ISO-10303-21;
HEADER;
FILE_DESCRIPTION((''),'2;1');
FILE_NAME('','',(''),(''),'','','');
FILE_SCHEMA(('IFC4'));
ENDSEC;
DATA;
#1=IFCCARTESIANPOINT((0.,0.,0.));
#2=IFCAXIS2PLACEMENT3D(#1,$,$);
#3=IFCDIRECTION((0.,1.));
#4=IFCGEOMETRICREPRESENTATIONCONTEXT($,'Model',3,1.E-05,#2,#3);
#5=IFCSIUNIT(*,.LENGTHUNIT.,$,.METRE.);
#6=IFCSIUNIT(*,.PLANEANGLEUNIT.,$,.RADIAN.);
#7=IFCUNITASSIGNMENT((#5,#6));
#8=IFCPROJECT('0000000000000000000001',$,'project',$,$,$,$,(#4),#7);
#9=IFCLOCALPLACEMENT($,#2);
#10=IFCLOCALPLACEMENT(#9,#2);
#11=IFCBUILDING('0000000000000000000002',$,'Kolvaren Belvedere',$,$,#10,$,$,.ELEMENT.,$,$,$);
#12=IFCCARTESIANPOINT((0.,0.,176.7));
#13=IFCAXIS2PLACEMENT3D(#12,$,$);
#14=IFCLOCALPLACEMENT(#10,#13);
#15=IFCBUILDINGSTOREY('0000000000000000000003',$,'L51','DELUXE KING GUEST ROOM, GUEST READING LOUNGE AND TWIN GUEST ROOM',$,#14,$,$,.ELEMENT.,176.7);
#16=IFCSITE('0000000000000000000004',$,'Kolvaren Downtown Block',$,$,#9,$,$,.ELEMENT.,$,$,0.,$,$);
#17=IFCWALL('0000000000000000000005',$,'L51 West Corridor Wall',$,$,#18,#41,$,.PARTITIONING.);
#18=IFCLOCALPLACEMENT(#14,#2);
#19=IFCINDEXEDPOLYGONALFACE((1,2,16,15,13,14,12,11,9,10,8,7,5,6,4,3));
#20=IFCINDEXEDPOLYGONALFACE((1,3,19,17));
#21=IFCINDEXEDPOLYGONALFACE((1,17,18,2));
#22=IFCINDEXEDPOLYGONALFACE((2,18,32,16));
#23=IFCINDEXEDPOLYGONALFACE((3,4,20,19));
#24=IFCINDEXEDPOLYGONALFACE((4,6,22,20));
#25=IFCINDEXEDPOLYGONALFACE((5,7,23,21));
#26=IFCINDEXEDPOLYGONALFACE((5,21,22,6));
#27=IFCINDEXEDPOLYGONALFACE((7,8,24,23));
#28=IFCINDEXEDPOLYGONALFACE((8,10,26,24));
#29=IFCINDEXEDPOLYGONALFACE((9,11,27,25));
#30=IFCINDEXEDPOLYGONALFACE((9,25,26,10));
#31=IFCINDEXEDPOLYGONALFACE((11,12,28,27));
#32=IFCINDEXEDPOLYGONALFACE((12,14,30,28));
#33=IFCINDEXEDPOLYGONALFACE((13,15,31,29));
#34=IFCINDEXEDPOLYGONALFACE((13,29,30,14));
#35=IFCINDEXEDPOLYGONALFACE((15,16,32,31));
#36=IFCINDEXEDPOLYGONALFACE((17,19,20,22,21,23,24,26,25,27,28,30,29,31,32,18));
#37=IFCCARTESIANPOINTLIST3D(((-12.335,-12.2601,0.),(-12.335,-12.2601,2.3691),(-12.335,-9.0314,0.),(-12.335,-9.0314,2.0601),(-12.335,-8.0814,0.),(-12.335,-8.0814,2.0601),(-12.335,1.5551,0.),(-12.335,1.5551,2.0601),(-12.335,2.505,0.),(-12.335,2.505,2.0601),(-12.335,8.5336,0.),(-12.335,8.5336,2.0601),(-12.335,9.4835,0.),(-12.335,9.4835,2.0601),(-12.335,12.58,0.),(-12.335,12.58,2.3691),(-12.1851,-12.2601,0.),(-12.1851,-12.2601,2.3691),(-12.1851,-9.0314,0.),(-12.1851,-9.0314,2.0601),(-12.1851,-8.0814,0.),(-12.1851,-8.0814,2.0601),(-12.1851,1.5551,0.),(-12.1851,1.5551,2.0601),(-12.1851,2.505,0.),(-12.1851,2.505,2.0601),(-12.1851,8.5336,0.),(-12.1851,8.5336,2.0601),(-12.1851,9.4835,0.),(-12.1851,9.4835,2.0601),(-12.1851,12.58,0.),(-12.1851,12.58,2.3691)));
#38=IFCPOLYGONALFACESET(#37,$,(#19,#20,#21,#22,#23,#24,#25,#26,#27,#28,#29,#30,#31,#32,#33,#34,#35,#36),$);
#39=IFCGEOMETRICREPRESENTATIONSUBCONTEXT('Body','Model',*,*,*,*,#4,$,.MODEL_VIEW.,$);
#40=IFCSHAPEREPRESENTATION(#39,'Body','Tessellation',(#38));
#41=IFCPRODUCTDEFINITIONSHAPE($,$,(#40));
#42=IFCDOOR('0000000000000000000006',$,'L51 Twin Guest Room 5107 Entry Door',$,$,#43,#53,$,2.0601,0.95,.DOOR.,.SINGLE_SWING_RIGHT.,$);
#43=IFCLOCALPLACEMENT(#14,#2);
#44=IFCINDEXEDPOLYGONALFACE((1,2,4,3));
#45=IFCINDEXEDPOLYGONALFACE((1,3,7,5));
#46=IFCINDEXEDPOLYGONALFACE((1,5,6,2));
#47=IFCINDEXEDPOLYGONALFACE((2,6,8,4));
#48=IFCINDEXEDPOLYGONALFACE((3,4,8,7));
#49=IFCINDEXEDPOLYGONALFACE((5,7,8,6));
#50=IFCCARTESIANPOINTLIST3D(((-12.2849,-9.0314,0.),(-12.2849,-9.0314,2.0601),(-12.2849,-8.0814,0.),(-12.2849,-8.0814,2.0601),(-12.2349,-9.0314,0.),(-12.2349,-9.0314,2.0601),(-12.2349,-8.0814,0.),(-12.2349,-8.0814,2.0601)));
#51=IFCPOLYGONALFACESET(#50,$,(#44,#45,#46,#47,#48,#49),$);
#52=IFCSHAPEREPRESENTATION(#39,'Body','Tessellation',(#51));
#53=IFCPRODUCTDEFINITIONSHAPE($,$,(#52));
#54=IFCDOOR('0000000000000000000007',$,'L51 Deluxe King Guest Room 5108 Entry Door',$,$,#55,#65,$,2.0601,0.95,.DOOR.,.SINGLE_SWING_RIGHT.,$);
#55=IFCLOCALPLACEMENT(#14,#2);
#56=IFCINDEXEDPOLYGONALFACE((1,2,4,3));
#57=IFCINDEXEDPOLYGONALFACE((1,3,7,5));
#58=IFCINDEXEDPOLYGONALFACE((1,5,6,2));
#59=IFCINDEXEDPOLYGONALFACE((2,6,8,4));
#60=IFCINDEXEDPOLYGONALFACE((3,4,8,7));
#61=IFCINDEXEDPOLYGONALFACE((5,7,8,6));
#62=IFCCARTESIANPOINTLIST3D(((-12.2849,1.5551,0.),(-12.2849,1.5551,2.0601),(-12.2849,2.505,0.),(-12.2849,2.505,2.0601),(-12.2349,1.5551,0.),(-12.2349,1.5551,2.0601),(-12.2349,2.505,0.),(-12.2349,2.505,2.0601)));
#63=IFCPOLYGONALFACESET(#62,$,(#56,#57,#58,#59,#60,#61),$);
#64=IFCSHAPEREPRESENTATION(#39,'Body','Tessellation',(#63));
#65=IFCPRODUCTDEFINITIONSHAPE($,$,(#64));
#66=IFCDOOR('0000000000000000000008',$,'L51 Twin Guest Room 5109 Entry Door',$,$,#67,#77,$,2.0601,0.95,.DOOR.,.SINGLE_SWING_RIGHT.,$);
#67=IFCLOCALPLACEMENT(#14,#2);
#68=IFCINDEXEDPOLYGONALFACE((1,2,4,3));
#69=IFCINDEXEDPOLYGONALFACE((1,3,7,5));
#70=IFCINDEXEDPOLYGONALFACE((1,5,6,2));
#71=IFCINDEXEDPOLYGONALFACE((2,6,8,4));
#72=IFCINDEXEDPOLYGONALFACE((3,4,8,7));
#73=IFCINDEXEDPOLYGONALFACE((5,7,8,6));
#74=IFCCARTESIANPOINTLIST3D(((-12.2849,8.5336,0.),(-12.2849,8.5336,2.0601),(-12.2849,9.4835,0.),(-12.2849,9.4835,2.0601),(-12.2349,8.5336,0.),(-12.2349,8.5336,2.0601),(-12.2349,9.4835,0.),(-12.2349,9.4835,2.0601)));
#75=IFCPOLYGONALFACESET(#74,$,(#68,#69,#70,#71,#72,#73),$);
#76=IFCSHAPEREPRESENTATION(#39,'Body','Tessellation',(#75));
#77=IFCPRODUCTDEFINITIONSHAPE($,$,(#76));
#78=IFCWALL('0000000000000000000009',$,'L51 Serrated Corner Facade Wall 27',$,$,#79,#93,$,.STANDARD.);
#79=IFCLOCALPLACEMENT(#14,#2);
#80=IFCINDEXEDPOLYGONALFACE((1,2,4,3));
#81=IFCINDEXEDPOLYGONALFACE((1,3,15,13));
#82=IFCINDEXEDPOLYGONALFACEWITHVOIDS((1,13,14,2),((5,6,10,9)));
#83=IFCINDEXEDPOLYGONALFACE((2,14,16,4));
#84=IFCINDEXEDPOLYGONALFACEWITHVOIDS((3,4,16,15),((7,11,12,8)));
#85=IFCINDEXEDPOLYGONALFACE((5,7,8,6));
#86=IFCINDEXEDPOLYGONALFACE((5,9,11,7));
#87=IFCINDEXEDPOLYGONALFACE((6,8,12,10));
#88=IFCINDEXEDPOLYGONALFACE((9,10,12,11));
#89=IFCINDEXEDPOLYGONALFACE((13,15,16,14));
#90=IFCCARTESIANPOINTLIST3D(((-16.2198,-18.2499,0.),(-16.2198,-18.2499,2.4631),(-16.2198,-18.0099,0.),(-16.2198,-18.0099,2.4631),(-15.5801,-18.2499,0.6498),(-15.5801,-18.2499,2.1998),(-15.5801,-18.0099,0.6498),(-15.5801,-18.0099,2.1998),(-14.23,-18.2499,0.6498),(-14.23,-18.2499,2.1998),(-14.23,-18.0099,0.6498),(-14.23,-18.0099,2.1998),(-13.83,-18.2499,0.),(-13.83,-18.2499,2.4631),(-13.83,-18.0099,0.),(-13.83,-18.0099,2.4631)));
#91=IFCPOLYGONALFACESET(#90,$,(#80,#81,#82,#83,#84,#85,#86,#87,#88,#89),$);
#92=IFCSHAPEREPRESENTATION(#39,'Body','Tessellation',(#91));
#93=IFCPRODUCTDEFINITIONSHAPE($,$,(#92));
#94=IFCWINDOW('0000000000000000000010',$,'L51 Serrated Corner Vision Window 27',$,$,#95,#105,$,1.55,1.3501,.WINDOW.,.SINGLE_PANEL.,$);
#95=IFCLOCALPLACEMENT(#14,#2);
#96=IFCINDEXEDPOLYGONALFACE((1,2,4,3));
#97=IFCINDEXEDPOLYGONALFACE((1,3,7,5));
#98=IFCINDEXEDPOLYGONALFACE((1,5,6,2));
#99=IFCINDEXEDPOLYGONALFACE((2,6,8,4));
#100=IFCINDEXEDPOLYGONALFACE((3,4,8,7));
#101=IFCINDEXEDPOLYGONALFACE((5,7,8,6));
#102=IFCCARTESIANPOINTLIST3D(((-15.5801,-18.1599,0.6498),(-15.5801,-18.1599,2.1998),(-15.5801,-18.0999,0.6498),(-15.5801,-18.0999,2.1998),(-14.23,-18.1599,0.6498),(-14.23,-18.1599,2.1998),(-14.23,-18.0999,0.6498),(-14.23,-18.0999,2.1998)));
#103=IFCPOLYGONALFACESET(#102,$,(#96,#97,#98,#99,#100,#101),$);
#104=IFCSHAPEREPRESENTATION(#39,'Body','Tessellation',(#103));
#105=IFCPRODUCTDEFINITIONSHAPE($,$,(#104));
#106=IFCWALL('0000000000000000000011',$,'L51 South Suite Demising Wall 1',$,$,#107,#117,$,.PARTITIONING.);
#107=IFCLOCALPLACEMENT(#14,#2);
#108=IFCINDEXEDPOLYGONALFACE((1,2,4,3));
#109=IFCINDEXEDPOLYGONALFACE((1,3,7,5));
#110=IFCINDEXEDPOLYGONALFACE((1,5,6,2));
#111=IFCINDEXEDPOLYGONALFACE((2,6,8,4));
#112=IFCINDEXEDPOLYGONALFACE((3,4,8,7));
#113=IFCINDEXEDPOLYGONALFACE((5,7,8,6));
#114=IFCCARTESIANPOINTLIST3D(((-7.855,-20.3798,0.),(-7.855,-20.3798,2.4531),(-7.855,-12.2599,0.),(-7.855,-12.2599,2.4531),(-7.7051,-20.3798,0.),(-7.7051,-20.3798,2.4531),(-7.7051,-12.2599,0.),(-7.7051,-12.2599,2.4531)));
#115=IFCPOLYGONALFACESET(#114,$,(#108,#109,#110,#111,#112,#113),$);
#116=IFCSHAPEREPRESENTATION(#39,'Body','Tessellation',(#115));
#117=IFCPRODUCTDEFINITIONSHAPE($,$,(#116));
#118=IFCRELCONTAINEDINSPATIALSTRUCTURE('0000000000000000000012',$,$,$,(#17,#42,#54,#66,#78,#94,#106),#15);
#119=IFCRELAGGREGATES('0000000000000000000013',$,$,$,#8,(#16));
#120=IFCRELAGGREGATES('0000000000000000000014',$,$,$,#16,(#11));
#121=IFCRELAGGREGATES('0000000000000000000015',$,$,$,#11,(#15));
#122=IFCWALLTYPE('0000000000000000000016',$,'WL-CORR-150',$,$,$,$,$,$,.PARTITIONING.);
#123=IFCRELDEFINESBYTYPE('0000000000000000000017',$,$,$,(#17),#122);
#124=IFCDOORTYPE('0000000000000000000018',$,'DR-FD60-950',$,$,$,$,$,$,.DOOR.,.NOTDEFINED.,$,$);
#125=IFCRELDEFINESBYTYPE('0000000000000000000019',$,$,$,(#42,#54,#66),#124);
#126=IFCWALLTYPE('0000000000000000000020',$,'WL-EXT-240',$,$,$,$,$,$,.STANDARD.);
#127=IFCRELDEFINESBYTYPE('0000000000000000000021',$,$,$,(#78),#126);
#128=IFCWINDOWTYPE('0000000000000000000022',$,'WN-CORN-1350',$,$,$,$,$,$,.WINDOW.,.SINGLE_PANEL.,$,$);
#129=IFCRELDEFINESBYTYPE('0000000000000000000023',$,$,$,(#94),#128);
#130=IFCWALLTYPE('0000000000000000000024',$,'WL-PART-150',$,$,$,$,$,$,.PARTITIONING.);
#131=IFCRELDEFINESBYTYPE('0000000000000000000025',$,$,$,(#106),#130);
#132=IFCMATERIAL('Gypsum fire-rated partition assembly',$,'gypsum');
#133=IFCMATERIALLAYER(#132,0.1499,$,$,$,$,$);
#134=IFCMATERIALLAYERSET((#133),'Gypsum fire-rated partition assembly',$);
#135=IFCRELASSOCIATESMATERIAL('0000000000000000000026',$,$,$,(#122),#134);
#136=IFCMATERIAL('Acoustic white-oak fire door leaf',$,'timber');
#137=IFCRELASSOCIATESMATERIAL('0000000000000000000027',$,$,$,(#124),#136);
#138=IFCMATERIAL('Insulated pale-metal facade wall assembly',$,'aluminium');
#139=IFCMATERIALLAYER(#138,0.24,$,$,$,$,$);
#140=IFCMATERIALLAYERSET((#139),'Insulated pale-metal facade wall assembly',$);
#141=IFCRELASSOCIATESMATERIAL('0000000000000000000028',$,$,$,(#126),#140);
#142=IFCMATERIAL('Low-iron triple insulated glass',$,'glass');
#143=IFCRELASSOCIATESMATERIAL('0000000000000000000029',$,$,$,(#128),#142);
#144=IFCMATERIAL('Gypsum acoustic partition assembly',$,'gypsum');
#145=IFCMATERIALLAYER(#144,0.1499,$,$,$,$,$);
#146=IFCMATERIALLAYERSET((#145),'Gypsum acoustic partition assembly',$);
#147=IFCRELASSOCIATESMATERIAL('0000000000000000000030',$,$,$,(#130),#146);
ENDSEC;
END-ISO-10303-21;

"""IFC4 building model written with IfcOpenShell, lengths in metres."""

from ifc_helpers import new_model, si_unit, direction, frame, frame_2d, origin, place, context, subcontext, project, spatial, rectangle, extrude, material, layer, layer_set, type_object, element, fill, save


model = new_model("IFC4")

# Units and contexts
model_context = context("Model", 3, precision=1e-05, world=origin(), true_north=direction((0.0, 1.0)))
body_context = subcontext(model_context, "Body", "Model", "MODEL_VIEW")
ifc_project = project(units=[si_unit("LENGTHUNIT", "METRE"), si_unit("PLANEANGLEUNIT", "RADIAN")], contexts=[model_context])

# Site, building, storey
site_placement = place(None, origin())
site = spatial("IfcSite", under=ifc_project, at=site_placement, Name="Kolvaren Downtown Block", CompositionType="ELEMENT", RefElevation=0.0)
building_placement = place(site_placement, origin())
building = spatial("IfcBuilding", under=site, at=building_placement, Name="Kolvaren Belvedere", CompositionType="ELEMENT")
storey_placement = place(building_placement, frame((0.0, 0.0, 176.7)))
storey = spatial("IfcBuildingStorey", under=building, at=storey_placement, Name="L51", Description="DELUXE KING GUEST ROOM, GUEST READING LOUNGE AND TWIN GUEST ROOM", CompositionType="ELEMENT", Elevation=176.7)

# Wall, openings, doors
ifc_material_1 = material(Name="Gypsum fire-rated partition assembly", Category="gypsum")
ifc_layer_1 = layer(ifc_material_1, 0.1499)
ifc_layer_set_1 = layer_set([ifc_layer_1], Name="Gypsum fire-rated partition assembly")
wall_type_1 = type_object("IfcWallType", Name="WL-CORR-150", PredefinedType="PARTITIONING", material=ifc_layer_set_1)
ifc_material_2 = material(Name="Acoustic white-oak fire door leaf", Category="timber")
door_type_1 = type_object("IfcDoorType", Name="DR-FD60-950", OperationType="NOTDEFINED", PredefinedType="DOOR", material=ifc_material_2)
wall_1_placement = place(storey_placement, frame((-12.26, -12.26, 0.0), z_axis=(0.0, 0.0, 1.0), x_axis=(0.0, 1.0, 0.0)))
wall_1 = element("IfcWall", 1, at=wall_1_placement, inside=storey, type_object=wall_type_1, Name="L51 West Corridor Wall", PredefinedType="PARTITIONING", context=body_context, shape_type="SweptSolid", body=[
    extrude(rectangle(XDim=24.8401, YDim=0.1499, at=frame_2d((12.4199, 0.0))), origin(), (0.0, 0.0, 1.0), 2.3691),
])
opening_1_placement = place(wall_1_placement, frame((3.2285, 0.0, 0.0)))
opening_1 = element("IfcOpeningElement", 2, at=opening_1_placement, cuts=wall_1, PredefinedType="OPENING", context=body_context, shape_type="SweptSolid", body=[
    extrude(rectangle(XDim=0.95, YDim=2.0601, at=frame_2d((0.4751, 1.03))), frame((0.0, 0.085, 0.0), z_axis=(0.0, -1.0, 0.0), x_axis=(1.0, 0.0, 0.0)), (0.0, 0.0, 1.0), 0.1699),
])
opening_2_placement = place(wall_1_placement, frame((13.8149, 0.0, 0.0)))
opening_2 = element("IfcOpeningElement", 3, at=opening_2_placement, cuts=wall_1, PredefinedType="OPENING", context=body_context, shape_type="SweptSolid", body=[
    extrude(rectangle(XDim=0.95, YDim=2.0601, at=frame_2d((0.4751, 1.03))), frame((0.0, 0.085, 0.0), z_axis=(0.0, -1.0, 0.0), x_axis=(1.0, 0.0, 0.0)), (0.0, 0.0, 1.0), 0.1699),
])
opening_3_placement = place(wall_1_placement, frame((20.7935, 0.0, 0.0)))
opening_3 = element("IfcOpeningElement", 4, at=opening_3_placement, cuts=wall_1, PredefinedType="OPENING", context=body_context, shape_type="SweptSolid", body=[
    extrude(rectangle(XDim=0.95, YDim=2.0601, at=frame_2d((0.4751, 1.03))), frame((0.0, 0.085, 0.0), z_axis=(0.0, -1.0, 0.0), x_axis=(1.0, 0.0, 0.0)), (0.0, 0.0, 1.0), 0.1699),
])
door_1_placement = place(opening_1_placement, origin())
door_1 = element("IfcDoor", 5, at=door_1_placement, inside=storey, type_object=door_type_1, Name="L51 Twin Guest Room 5107 Entry Door", OperationType="SINGLE_SWING_RIGHT", OverallHeight=2.0601, OverallWidth=0.95, PredefinedType="DOOR", context=body_context, shape_type="SweptSolid", body=[
    extrude(rectangle(XDim=0.95, YDim=2.0601, at=frame_2d((0.4751, 1.03))), frame((0.0, 0.0249, 0.0), z_axis=(0.0, -1.0, 0.0), x_axis=(1.0, 0.0, 0.0)), (0.0, 0.0, 1.0), 0.05),
])
fill(opening_1, door_1)
door_2_placement = place(opening_2_placement, origin())
door_2 = element("IfcDoor", 6, at=door_2_placement, inside=storey, type_object=door_type_1, Name="L51 Deluxe King Guest Room 5108 Entry Door", OperationType="SINGLE_SWING_RIGHT", OverallHeight=2.0601, OverallWidth=0.95, PredefinedType="DOOR", context=body_context, shape_type="SweptSolid", body=[
    extrude(rectangle(XDim=0.95, YDim=2.0601, at=frame_2d((0.4751, 1.03))), frame((0.0, 0.0249, 0.0), z_axis=(0.0, -1.0, 0.0), x_axis=(1.0, 0.0, 0.0)), (0.0, 0.0, 1.0), 0.05),
])
fill(opening_2, door_2)
door_3_placement = place(opening_3_placement, origin())
door_3 = element("IfcDoor", 7, at=door_3_placement, inside=storey, type_object=door_type_1, Name="L51 Twin Guest Room 5109 Entry Door", OperationType="SINGLE_SWING_RIGHT", OverallHeight=2.0601, OverallWidth=0.95, PredefinedType="DOOR", context=body_context, shape_type="SweptSolid", body=[
    extrude(rectangle(XDim=0.95, YDim=2.0601, at=frame_2d((0.4751, 1.03))), frame((0.0, 0.0249, 0.0), z_axis=(0.0, -1.0, 0.0), x_axis=(1.0, 0.0, 0.0)), (0.0, 0.0, 1.0), 0.05),
])
fill(opening_3, door_3)

# Wall, opening, window
ifc_material_3 = material(Name="Insulated pale-metal facade wall assembly", Category="aluminium")
ifc_layer_2 = layer(ifc_material_3, 0.24)
ifc_layer_set_2 = layer_set([ifc_layer_2], Name="Insulated pale-metal facade wall assembly")
wall_type_2 = type_object("IfcWallType", Name="WL-EXT-240", PredefinedType="STANDARD", material=ifc_layer_set_2)
wall_2_placement = place(storey_placement, frame((-13.8301, -18.1299, 0.0), z_axis=(0.0, 0.0, 1.0), x_axis=(-1.0, 0.0, 0.0)))
wall_2 = element("IfcWall", 8, at=wall_2_placement, inside=storey, type_object=wall_type_2, Name="L51 Serrated Corner Facade Wall 27", PredefinedType="STANDARD", context=body_context, shape_type="SweptSolid", body=[
    extrude(rectangle(XDim=2.3899, YDim=0.24, at=frame_2d((1.1948, 0.0))), origin(), (0.0, 0.0, 1.0), 2.4631),
])
opening_4_placement = place(wall_2_placement, frame((0.3999, 0.0, 0.6499)))
opening_4 = element("IfcOpeningElement", 9, at=opening_4_placement, cuts=wall_2, PredefinedType="OPENING", context=body_context, shape_type="SweptSolid", body=[
    extrude(rectangle(XDim=1.3501, YDim=1.55, at=frame_2d((0.675, 0.7749))), frame((0.0, 0.1299, 0.0), z_axis=(0.0, -1.0, 0.0), x_axis=(1.0, 0.0, 0.0)), (0.0, 0.0, 1.0), 0.26),
])
ifc_material_4 = material(Name="Low-iron triple insulated glass", Category="glass")
window_type = type_object("IfcWindowType", Name="WN-CORN-1350", PartitioningType="SINGLE_PANEL", PredefinedType="WINDOW", material=ifc_material_4)
window_placement = place(opening_4_placement, origin())
window = element("IfcWindow", 10, at=window_placement, inside=storey, type_object=window_type, Name="L51 Serrated Corner Vision Window 27", OverallHeight=1.55, OverallWidth=1.3501, PartitioningType="SINGLE_PANEL", PredefinedType="WINDOW", context=body_context, shape_type="SweptSolid", body=[
    extrude(rectangle(XDim=1.3501, YDim=1.55, at=frame_2d((0.675, 0.7749))), frame((0.0, 0.03, 0.0), z_axis=(0.0, -1.0, 0.0), x_axis=(1.0, 0.0, 0.0)), (0.0, 0.0, 1.0), 0.0601),
])
fill(opening_4, window)

# Wall
ifc_material_5 = material(Name="Gypsum acoustic partition assembly", Category="gypsum")
ifc_layer_3 = layer(ifc_material_5, 0.1499)
ifc_layer_set_3 = layer_set([ifc_layer_3], Name="Gypsum acoustic partition assembly")
wall_type_3 = type_object("IfcWallType", Name="WL-PART-150", PredefinedType="PARTITIONING", material=ifc_layer_set_3)
wall_3_placement = place(storey_placement, frame((-7.78, -20.3799, 0.0), z_axis=(0.0, 0.0, 1.0), x_axis=(0.0, 1.0, 0.0)))
element("IfcWall", 11, at=wall_3_placement, inside=storey, type_object=wall_type_3, Name="L51 South Suite Demising Wall 1", PredefinedType="PARTITIONING", context=body_context, shape_type="SweptSolid", body=[
    extrude(rectangle(XDim=8.1199, YDim=0.1499, at=frame_2d((4.0601, 0.0))), origin(), (0.0, 0.0, 1.0), 2.4531),
])

save(model, "model.ifc")
